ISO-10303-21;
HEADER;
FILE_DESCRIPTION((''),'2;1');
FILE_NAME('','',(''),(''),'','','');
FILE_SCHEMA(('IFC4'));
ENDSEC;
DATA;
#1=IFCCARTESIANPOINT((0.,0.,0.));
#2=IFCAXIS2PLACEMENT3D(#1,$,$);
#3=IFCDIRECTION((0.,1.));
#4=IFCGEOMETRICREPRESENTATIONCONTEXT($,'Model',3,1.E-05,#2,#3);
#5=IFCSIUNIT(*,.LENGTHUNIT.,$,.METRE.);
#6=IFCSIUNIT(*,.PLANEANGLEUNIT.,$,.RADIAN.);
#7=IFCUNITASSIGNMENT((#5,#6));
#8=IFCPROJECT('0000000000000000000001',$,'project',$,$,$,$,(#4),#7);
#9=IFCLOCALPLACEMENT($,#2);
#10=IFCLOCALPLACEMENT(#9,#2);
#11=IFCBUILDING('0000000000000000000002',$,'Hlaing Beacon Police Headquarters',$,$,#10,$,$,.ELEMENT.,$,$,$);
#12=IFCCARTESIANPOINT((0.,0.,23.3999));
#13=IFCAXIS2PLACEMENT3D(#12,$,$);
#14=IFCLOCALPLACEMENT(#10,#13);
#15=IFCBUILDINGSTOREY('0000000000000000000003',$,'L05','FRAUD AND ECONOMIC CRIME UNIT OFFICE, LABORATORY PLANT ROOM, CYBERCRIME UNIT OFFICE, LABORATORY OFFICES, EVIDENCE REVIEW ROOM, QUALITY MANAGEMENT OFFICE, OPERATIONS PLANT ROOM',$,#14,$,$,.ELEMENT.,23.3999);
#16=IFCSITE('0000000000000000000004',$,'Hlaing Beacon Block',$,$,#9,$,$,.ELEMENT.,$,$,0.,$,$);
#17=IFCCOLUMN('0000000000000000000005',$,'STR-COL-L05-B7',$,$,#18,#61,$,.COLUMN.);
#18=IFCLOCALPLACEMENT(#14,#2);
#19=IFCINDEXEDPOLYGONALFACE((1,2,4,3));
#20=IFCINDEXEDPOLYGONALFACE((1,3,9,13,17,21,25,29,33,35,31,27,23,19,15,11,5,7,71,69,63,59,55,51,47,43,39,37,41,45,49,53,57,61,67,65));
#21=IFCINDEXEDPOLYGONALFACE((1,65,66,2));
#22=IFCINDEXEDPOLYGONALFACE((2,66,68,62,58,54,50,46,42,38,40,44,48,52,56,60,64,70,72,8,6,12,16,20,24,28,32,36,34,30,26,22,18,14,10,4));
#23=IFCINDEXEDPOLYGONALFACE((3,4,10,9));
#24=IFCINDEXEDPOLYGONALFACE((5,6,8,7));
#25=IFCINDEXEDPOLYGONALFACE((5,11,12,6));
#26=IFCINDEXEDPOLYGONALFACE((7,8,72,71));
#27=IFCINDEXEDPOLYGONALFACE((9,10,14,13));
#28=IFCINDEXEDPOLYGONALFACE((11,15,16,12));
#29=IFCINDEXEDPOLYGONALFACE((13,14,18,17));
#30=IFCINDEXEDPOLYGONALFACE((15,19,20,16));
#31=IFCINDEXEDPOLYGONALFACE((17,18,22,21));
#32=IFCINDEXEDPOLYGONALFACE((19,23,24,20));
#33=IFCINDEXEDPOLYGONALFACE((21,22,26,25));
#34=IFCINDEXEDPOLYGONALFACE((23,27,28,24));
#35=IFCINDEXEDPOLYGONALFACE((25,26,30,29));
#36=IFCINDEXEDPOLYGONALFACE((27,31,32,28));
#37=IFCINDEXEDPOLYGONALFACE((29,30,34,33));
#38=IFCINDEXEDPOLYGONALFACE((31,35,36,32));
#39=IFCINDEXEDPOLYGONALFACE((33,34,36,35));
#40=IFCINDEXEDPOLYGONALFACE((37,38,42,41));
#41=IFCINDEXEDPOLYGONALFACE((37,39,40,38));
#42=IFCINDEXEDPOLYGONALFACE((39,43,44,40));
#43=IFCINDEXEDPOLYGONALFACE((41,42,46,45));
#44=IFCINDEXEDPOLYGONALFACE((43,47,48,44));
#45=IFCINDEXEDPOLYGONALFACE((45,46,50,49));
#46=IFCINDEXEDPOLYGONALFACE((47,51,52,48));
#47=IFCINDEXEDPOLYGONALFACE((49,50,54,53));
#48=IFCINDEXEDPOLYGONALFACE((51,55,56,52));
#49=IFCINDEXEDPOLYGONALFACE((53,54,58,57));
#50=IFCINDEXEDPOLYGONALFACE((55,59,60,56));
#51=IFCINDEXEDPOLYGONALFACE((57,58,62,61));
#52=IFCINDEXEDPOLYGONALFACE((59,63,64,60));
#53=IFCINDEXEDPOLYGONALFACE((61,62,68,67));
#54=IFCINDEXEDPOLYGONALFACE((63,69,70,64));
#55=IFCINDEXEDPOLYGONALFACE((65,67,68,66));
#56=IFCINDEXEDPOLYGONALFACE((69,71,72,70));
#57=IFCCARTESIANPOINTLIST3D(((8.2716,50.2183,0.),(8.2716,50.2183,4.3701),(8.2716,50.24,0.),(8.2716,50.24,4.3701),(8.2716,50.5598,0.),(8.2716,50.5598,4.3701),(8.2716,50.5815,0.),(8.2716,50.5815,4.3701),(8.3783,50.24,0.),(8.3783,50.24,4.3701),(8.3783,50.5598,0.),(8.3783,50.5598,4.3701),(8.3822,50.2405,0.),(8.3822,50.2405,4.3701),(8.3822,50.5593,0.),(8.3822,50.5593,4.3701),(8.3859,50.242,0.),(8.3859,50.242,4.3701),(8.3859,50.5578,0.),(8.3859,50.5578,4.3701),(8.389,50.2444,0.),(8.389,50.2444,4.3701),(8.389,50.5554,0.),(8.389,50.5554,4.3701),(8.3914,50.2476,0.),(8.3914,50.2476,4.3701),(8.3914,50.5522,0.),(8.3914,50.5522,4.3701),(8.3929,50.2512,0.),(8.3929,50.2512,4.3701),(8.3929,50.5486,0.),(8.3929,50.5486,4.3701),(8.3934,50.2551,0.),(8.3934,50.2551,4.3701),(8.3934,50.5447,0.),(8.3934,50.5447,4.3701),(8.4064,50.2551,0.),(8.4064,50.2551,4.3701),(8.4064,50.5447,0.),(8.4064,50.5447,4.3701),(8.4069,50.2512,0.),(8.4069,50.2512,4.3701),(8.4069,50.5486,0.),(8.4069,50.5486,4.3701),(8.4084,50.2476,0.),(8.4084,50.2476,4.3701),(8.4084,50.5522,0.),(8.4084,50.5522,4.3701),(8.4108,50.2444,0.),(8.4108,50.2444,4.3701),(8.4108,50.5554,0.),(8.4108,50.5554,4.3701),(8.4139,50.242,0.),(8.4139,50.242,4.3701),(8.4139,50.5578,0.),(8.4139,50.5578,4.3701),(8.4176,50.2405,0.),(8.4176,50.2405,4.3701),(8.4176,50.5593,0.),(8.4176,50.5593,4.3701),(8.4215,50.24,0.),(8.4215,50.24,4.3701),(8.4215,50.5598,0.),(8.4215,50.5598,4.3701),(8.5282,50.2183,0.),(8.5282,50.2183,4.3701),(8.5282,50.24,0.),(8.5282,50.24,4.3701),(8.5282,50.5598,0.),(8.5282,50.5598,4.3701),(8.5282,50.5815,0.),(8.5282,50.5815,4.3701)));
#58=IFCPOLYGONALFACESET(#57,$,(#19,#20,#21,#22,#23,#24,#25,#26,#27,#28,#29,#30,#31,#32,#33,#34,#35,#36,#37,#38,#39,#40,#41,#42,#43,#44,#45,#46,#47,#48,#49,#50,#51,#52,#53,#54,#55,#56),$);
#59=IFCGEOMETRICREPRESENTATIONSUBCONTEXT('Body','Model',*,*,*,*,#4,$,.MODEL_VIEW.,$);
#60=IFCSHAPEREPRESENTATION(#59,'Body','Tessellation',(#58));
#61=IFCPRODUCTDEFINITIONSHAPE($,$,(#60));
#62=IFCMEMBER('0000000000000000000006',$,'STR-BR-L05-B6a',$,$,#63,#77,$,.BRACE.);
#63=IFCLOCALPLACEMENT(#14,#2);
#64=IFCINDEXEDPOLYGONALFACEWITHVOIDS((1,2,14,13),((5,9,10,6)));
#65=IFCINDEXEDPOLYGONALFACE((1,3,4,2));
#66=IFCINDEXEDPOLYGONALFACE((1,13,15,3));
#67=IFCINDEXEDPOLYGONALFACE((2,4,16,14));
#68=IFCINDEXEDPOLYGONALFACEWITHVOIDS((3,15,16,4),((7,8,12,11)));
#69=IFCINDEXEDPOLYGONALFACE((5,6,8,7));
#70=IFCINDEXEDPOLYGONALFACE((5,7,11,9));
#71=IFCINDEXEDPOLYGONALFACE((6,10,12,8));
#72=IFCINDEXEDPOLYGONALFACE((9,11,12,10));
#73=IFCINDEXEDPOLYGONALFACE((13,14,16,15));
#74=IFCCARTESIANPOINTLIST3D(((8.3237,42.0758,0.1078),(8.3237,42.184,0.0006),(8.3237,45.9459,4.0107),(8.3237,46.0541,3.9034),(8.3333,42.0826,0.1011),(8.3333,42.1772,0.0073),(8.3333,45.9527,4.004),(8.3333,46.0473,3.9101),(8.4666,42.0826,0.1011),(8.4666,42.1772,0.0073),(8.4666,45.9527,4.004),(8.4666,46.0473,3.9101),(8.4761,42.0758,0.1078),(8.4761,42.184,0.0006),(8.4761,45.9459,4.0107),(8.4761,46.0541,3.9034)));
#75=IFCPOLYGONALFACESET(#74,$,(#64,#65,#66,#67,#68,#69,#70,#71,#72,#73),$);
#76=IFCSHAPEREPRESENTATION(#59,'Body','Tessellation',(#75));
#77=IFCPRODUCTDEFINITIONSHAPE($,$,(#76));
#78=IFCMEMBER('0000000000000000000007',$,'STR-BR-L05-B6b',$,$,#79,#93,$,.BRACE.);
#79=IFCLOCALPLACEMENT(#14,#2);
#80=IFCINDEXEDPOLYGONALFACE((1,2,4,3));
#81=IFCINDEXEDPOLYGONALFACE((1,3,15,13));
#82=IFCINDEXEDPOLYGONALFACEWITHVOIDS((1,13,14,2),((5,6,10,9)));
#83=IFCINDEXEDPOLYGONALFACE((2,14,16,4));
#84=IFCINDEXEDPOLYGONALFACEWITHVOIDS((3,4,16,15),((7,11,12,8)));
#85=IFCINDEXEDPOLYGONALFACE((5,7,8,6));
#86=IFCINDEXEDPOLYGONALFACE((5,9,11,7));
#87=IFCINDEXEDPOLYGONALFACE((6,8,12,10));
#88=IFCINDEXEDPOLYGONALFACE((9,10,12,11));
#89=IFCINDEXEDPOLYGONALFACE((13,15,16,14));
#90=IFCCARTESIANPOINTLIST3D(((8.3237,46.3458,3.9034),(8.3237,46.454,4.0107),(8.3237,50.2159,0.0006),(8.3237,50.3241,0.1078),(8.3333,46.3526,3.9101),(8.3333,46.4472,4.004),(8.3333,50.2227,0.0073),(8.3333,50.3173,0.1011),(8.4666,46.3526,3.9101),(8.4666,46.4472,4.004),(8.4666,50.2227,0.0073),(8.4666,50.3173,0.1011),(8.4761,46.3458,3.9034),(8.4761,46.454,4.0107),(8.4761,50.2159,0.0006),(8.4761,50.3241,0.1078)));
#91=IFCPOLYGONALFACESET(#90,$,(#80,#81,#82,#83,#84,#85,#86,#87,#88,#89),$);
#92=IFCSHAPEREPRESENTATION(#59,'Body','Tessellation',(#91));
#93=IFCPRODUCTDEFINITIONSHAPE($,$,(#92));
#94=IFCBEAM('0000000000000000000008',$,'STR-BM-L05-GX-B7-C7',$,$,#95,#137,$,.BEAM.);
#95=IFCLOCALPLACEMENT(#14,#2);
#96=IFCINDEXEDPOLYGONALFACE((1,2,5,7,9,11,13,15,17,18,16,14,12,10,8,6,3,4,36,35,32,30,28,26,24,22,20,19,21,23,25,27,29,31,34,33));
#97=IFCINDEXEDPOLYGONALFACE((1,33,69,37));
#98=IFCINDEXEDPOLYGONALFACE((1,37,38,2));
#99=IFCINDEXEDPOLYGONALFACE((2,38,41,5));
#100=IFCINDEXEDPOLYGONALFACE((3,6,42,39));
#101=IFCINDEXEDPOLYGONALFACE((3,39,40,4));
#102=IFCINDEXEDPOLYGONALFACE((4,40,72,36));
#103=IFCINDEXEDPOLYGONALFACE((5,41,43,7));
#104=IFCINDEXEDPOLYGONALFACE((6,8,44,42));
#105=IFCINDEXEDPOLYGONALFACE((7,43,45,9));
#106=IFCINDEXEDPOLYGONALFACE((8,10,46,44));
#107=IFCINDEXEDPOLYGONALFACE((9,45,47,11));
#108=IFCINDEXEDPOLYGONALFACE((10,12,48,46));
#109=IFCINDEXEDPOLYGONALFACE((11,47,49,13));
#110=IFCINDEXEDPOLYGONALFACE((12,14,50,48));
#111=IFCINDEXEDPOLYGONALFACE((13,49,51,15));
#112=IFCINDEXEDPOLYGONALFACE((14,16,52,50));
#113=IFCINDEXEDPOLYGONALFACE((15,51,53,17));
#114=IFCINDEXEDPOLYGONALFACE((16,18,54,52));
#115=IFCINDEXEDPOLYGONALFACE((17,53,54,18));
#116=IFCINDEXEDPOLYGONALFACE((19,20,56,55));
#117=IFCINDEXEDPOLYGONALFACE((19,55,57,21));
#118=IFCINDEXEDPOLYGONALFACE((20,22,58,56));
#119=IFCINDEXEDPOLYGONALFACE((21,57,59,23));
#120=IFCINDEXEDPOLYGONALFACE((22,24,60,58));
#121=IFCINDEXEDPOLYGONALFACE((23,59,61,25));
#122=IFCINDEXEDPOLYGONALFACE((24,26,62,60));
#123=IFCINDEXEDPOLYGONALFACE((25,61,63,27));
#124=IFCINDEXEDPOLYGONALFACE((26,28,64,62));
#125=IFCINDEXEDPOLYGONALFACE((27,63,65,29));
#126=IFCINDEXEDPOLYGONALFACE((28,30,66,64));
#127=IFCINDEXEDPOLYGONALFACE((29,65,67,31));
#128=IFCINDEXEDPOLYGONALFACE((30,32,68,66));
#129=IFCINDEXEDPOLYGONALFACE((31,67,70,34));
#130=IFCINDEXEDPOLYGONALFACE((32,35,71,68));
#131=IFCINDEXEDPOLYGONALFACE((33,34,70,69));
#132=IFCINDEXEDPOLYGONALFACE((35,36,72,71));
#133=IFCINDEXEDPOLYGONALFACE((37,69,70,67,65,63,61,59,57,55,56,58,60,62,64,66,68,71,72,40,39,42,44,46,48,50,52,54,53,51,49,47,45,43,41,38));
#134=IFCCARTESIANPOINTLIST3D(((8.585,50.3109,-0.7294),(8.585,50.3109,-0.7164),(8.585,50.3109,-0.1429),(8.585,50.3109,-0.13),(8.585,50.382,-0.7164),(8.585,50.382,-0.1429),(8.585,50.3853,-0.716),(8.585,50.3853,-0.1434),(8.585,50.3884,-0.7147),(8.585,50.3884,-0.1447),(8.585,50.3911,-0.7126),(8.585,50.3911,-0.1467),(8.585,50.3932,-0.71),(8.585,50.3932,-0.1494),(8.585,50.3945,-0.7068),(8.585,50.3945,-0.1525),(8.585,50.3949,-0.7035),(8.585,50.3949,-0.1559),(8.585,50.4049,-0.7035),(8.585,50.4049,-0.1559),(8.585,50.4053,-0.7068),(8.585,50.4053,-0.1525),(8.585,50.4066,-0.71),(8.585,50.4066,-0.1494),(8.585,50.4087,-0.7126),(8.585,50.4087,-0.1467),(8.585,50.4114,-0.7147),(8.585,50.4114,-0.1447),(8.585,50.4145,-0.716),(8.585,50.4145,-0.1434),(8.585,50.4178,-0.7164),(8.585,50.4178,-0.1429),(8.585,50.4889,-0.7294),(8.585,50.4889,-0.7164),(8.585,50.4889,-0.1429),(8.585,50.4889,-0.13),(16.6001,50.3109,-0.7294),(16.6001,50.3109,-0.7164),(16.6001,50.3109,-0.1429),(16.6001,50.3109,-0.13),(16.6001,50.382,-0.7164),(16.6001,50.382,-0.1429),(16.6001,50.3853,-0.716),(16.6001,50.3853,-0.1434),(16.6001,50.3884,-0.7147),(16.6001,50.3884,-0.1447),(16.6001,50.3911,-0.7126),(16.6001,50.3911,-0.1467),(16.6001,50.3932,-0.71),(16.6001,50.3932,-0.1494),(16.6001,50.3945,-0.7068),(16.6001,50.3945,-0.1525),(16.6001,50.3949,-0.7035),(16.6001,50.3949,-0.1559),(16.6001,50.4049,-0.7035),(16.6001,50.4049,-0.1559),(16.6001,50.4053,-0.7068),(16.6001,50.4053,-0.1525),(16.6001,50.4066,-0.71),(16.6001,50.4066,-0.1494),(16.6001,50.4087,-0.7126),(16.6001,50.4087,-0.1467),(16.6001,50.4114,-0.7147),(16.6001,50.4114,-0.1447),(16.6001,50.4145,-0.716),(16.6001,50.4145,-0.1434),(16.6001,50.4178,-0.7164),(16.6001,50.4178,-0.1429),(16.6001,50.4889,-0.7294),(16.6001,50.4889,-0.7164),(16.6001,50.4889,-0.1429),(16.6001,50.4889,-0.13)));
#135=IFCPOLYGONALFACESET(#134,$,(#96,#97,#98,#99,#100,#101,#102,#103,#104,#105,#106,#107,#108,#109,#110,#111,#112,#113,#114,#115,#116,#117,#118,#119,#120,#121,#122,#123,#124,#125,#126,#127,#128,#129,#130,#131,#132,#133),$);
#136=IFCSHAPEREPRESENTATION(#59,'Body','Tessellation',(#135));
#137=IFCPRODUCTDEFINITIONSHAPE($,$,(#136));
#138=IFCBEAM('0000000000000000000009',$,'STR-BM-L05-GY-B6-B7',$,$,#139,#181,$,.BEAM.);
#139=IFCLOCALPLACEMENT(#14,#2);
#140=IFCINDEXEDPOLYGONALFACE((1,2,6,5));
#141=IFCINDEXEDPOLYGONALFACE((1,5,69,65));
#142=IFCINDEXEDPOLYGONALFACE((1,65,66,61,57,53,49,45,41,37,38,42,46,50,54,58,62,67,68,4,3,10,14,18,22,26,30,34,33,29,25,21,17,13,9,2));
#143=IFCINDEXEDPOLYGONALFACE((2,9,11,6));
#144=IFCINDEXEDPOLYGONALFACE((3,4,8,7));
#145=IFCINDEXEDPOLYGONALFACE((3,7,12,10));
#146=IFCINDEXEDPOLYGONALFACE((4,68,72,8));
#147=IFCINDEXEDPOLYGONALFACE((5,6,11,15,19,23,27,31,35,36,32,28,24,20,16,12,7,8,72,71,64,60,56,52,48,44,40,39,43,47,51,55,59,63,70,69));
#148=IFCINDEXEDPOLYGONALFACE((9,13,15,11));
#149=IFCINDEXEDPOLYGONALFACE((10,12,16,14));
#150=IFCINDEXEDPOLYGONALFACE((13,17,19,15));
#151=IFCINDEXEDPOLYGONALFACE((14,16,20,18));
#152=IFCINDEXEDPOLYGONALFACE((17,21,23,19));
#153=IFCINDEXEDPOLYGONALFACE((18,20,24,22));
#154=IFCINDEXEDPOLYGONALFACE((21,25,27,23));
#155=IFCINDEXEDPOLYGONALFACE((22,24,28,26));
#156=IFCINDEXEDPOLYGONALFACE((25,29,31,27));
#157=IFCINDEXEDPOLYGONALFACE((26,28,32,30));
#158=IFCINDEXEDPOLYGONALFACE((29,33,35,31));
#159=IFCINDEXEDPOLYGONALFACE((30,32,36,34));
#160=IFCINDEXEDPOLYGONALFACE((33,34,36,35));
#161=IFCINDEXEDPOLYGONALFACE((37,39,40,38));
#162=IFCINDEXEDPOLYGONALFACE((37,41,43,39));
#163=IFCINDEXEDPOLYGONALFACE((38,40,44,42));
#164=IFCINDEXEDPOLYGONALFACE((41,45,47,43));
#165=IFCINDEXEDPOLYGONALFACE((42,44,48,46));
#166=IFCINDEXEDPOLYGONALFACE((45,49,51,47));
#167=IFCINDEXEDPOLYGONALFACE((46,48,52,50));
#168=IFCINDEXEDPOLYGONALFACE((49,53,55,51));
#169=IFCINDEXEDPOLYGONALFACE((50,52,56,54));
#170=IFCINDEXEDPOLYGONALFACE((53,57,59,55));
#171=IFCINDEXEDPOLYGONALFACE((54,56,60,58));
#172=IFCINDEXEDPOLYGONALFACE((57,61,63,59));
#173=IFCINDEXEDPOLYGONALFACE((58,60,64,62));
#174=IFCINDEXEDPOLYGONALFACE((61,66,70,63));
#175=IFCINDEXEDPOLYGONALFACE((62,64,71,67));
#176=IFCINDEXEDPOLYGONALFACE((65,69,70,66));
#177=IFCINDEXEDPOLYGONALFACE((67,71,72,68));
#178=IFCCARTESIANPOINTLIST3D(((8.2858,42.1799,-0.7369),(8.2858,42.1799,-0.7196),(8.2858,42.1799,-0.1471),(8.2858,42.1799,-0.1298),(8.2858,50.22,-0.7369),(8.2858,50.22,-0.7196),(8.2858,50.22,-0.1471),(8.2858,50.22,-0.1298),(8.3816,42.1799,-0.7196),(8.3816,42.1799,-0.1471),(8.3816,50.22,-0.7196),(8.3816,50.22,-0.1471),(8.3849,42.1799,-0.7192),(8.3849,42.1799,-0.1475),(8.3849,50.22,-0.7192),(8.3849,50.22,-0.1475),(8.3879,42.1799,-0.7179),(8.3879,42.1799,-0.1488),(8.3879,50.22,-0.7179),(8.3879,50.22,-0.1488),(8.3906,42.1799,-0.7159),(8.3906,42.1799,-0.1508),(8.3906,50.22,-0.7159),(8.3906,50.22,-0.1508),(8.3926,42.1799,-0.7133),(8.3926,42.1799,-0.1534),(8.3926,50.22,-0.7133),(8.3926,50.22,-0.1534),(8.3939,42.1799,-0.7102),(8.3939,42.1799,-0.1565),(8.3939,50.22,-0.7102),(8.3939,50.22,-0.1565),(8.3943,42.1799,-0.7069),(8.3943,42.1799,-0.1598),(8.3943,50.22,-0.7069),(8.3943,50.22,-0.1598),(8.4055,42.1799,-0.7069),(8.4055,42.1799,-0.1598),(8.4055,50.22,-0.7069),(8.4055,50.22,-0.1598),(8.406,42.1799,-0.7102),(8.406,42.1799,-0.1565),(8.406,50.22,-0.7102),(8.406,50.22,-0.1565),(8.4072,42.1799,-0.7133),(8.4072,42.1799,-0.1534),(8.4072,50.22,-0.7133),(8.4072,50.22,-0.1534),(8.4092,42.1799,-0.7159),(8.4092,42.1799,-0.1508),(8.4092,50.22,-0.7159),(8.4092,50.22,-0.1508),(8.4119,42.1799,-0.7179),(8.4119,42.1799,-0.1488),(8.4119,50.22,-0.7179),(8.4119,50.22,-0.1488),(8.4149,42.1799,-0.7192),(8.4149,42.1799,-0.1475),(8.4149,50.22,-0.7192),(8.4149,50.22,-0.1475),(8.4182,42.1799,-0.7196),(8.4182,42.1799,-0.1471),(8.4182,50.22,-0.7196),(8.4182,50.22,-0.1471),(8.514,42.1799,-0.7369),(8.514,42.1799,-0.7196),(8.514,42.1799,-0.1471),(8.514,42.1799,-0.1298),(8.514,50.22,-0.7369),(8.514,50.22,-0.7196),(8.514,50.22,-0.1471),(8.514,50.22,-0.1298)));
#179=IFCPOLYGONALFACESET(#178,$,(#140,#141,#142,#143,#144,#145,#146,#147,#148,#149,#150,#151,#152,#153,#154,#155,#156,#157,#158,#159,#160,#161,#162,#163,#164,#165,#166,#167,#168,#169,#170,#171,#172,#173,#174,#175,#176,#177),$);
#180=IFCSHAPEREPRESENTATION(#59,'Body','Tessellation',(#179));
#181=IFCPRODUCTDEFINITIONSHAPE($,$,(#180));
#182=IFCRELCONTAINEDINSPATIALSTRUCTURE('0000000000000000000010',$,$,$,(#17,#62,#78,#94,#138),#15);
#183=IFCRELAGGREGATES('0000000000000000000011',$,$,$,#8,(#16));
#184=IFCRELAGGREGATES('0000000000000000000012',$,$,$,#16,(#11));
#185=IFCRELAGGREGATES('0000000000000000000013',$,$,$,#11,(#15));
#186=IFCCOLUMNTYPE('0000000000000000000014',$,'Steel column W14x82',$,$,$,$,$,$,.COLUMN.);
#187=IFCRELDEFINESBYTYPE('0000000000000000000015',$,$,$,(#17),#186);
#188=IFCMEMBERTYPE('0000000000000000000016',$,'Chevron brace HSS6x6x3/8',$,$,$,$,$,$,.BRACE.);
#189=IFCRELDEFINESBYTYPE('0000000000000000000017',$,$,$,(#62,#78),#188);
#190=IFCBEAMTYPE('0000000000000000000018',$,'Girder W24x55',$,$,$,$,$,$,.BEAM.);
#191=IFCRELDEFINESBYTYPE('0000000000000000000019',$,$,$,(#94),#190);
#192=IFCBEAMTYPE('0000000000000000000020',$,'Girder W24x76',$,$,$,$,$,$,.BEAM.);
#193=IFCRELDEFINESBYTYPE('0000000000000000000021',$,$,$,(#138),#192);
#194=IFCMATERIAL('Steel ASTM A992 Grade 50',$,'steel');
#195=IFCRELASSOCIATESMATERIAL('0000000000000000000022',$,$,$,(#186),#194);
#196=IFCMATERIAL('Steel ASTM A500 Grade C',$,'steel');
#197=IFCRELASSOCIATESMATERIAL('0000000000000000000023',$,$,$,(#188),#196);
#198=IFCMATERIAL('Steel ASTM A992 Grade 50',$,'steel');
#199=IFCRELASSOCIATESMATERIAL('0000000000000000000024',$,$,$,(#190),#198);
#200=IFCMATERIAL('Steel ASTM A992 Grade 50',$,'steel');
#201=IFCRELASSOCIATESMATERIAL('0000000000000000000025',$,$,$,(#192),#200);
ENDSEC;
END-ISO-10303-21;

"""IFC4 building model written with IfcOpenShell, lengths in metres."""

from ifc_helpers import new_model, si_unit, direction, frame, origin, origin_2d, place, context, subcontext, project, spatial, hollow_rectangle, i_section, extrude, material, material_profile, profile_set, type_object, element, save


model = new_model("IFC4")

# Units and contexts
model_context = context("Model", 3, precision=1e-05, world=origin(), true_north=direction((0.0, 1.0)))
body_context = subcontext(model_context, "Body", "Model", "MODEL_VIEW")
ifc_project = project(units=[si_unit("LENGTHUNIT", "METRE"), si_unit("PLANEANGLEUNIT", "RADIAN")], contexts=[model_context])

# Site, building, storey
site_placement = place(None, origin())
site = spatial("IfcSite", under=ifc_project, at=site_placement, Name="Hlaing Beacon Block", CompositionType="ELEMENT", RefElevation=0.0)
building_placement = place(site_placement, origin())
building = spatial("IfcBuilding", under=site, at=building_placement, Name="Hlaing Beacon Police Headquarters", CompositionType="ELEMENT")
storey_placement = place(building_placement, frame((0.0, 0.0, 23.3999)))
storey = spatial("IfcBuildingStorey", under=building, at=storey_placement, Name="L05", Description="FRAUD AND ECONOMIC CRIME UNIT OFFICE, LABORATORY PLANT ROOM, CYBERCRIME UNIT OFFICE, LABORATORY OFFICES, EVIDENCE REVIEW ROOM, QUALITY MANAGEMENT OFFICE, OPERATIONS PLANT ROOM", CompositionType="ELEMENT", Elevation=23.3999)

# Column
ifc_material_1 = material(Name="Steel ASTM A992 Grade 50", Category="steel")
ifc_material_profile_1 = material_profile(ifc_material_1, i_section(OverallWidth=0.2566, OverallDepth=0.3633, WebThickness=0.0129, FlangeThickness=0.0217, FilletRadius=0.0151, at=origin_2d()), Name="W14x82")
ifc_profile_set_1 = profile_set([ifc_material_profile_1], Name="Steel ASTM A992 Grade 50")
column_type = type_object("IfcColumnType", Name="Steel column W14x82", PredefinedType="COLUMN", material=ifc_profile_set_1)
column_placement = place(storey_placement, frame((8.3999, 50.3999, 0.0), z_axis=(0.0, 0.0, 1.0), x_axis=(1.0, 0.0, 0.0)))
element("IfcColumn", 1, at=column_placement, inside=storey, type_object=column_type, Name="STR-COL-L05-B7", PredefinedType="COLUMN", context=body_context, shape_type="SweptSolid", body=[
    extrude(i_section(OverallWidth=0.2566, OverallDepth=0.3633, WebThickness=0.0129, FlangeThickness=0.0217, FilletRadius=0.0151, at=origin_2d()), origin(), (0.0, 0.0, 1.0), 4.3701),
])

# Members
ifc_material_2 = material(Name="Steel ASTM A500 Grade C", Category="steel")
ifc_material_profile_2 = material_profile(ifc_material_2, hollow_rectangle(XDim=0.1523, YDim=0.1523, WallThickness=0.0095, at=origin_2d()), Name="HSS6x6x3/8")
ifc_profile_set_2 = profile_set([ifc_material_profile_2], Name="Steel ASTM A500 Grade C")
member_type = type_object("IfcMemberType", Name="Chevron brace HSS6x6x3/8", PredefinedType="BRACE", material=ifc_profile_set_2)
for number, where, z_axis, x_axis, name in (
    (2, (8.3999, 42.1299, 0.0542), (0.0, 0.704124, 0.710077), (-1.0, 0.0, 0.0), "STR-BR-L05-B6a"),
    (3, (8.3999, 50.27, 0.0542), (0.0, -0.704124, 0.710077), (1.0, 0.0, 0.0), "STR-BR-L05-B6b"),
):
    element("IfcMember", number, at=place(storey_placement, frame(where, z_axis=z_axis, x_axis=x_axis)), inside=storey, type_object=member_type, Name=name, PredefinedType="BRACE", context=body_context, shape_type="SweptSolid", body=[
        extrude(hollow_rectangle(XDim=0.1523, YDim=0.1523, WallThickness=0.0095, at=origin_2d()), origin(), (0.0, 0.0, 1.0), 5.4963),
    ])

# Beams
ifc_material_3 = material(Name="Steel ASTM A992 Grade 50", Category="steel")
ifc_material_profile_3 = material_profile(ifc_material_3, i_section(OverallWidth=0.178, OverallDepth=0.5994, WebThickness=0.01, FlangeThickness=0.0129, FilletRadius=0.0129, at=origin_2d()), Name="W24x55")
ifc_profile_set_3 = profile_set([ifc_material_profile_3], Name="Steel ASTM A992 Grade 50")
beam_type_1 = type_object("IfcBeamType", Name="Girder W24x55", PredefinedType="BEAM", material=ifc_profile_set_3)
beam_1_placement = place(storey_placement, frame((8.585, 50.3999, -0.4297), z_axis=(1.0, 0.0, 0.0), x_axis=(0.0, 1.0, 0.0)))
element("IfcBeam", 4, at=beam_1_placement, inside=storey, type_object=beam_type_1, Name="STR-BM-L05-GX-B7-C7", PredefinedType="BEAM", context=body_context, shape_type="SweptSolid", body=[
    extrude(i_section(OverallWidth=0.178, OverallDepth=0.5994, WebThickness=0.01, FlangeThickness=0.0129, FilletRadius=0.0129, at=origin_2d()), origin(), (0.0, 0.0, 1.0), 8.0151),
])
ifc_material_4 = material(Name="Steel ASTM A992 Grade 50", Category="steel")
ifc_material_profile_4 = material_profile(ifc_material_4, i_section(OverallWidth=0.2283, OverallDepth=0.6072, WebThickness=0.0112, FlangeThickness=0.0173, FilletRadius=0.0127, at=origin_2d()), Name="W24x76")
ifc_profile_set_4 = profile_set([ifc_material_profile_4], Name="Steel ASTM A992 Grade 50")
beam_type_2 = type_object("IfcBeamType", Name="Girder W24x76", PredefinedType="BEAM", material=ifc_profile_set_4)
beam_2_placement = place(storey_placement, frame((8.3999, 42.1799, -0.4333), z_axis=(0.0, 1.0, 0.0), x_axis=(-1.0, 0.0, 0.0)))
element("IfcBeam", 5, at=beam_2_placement, inside=storey, type_object=beam_type_2, Name="STR-BM-L05-GY-B6-B7", PredefinedType="BEAM", context=body_context, shape_type="SweptSolid", body=[
    extrude(i_section(OverallWidth=0.2283, OverallDepth=0.6072, WebThickness=0.0112, FlangeThickness=0.0173, FilletRadius=0.0127, at=origin_2d()), origin(), (0.0, 0.0, 1.0), 8.04),
])

save(model, "model.ifc")
